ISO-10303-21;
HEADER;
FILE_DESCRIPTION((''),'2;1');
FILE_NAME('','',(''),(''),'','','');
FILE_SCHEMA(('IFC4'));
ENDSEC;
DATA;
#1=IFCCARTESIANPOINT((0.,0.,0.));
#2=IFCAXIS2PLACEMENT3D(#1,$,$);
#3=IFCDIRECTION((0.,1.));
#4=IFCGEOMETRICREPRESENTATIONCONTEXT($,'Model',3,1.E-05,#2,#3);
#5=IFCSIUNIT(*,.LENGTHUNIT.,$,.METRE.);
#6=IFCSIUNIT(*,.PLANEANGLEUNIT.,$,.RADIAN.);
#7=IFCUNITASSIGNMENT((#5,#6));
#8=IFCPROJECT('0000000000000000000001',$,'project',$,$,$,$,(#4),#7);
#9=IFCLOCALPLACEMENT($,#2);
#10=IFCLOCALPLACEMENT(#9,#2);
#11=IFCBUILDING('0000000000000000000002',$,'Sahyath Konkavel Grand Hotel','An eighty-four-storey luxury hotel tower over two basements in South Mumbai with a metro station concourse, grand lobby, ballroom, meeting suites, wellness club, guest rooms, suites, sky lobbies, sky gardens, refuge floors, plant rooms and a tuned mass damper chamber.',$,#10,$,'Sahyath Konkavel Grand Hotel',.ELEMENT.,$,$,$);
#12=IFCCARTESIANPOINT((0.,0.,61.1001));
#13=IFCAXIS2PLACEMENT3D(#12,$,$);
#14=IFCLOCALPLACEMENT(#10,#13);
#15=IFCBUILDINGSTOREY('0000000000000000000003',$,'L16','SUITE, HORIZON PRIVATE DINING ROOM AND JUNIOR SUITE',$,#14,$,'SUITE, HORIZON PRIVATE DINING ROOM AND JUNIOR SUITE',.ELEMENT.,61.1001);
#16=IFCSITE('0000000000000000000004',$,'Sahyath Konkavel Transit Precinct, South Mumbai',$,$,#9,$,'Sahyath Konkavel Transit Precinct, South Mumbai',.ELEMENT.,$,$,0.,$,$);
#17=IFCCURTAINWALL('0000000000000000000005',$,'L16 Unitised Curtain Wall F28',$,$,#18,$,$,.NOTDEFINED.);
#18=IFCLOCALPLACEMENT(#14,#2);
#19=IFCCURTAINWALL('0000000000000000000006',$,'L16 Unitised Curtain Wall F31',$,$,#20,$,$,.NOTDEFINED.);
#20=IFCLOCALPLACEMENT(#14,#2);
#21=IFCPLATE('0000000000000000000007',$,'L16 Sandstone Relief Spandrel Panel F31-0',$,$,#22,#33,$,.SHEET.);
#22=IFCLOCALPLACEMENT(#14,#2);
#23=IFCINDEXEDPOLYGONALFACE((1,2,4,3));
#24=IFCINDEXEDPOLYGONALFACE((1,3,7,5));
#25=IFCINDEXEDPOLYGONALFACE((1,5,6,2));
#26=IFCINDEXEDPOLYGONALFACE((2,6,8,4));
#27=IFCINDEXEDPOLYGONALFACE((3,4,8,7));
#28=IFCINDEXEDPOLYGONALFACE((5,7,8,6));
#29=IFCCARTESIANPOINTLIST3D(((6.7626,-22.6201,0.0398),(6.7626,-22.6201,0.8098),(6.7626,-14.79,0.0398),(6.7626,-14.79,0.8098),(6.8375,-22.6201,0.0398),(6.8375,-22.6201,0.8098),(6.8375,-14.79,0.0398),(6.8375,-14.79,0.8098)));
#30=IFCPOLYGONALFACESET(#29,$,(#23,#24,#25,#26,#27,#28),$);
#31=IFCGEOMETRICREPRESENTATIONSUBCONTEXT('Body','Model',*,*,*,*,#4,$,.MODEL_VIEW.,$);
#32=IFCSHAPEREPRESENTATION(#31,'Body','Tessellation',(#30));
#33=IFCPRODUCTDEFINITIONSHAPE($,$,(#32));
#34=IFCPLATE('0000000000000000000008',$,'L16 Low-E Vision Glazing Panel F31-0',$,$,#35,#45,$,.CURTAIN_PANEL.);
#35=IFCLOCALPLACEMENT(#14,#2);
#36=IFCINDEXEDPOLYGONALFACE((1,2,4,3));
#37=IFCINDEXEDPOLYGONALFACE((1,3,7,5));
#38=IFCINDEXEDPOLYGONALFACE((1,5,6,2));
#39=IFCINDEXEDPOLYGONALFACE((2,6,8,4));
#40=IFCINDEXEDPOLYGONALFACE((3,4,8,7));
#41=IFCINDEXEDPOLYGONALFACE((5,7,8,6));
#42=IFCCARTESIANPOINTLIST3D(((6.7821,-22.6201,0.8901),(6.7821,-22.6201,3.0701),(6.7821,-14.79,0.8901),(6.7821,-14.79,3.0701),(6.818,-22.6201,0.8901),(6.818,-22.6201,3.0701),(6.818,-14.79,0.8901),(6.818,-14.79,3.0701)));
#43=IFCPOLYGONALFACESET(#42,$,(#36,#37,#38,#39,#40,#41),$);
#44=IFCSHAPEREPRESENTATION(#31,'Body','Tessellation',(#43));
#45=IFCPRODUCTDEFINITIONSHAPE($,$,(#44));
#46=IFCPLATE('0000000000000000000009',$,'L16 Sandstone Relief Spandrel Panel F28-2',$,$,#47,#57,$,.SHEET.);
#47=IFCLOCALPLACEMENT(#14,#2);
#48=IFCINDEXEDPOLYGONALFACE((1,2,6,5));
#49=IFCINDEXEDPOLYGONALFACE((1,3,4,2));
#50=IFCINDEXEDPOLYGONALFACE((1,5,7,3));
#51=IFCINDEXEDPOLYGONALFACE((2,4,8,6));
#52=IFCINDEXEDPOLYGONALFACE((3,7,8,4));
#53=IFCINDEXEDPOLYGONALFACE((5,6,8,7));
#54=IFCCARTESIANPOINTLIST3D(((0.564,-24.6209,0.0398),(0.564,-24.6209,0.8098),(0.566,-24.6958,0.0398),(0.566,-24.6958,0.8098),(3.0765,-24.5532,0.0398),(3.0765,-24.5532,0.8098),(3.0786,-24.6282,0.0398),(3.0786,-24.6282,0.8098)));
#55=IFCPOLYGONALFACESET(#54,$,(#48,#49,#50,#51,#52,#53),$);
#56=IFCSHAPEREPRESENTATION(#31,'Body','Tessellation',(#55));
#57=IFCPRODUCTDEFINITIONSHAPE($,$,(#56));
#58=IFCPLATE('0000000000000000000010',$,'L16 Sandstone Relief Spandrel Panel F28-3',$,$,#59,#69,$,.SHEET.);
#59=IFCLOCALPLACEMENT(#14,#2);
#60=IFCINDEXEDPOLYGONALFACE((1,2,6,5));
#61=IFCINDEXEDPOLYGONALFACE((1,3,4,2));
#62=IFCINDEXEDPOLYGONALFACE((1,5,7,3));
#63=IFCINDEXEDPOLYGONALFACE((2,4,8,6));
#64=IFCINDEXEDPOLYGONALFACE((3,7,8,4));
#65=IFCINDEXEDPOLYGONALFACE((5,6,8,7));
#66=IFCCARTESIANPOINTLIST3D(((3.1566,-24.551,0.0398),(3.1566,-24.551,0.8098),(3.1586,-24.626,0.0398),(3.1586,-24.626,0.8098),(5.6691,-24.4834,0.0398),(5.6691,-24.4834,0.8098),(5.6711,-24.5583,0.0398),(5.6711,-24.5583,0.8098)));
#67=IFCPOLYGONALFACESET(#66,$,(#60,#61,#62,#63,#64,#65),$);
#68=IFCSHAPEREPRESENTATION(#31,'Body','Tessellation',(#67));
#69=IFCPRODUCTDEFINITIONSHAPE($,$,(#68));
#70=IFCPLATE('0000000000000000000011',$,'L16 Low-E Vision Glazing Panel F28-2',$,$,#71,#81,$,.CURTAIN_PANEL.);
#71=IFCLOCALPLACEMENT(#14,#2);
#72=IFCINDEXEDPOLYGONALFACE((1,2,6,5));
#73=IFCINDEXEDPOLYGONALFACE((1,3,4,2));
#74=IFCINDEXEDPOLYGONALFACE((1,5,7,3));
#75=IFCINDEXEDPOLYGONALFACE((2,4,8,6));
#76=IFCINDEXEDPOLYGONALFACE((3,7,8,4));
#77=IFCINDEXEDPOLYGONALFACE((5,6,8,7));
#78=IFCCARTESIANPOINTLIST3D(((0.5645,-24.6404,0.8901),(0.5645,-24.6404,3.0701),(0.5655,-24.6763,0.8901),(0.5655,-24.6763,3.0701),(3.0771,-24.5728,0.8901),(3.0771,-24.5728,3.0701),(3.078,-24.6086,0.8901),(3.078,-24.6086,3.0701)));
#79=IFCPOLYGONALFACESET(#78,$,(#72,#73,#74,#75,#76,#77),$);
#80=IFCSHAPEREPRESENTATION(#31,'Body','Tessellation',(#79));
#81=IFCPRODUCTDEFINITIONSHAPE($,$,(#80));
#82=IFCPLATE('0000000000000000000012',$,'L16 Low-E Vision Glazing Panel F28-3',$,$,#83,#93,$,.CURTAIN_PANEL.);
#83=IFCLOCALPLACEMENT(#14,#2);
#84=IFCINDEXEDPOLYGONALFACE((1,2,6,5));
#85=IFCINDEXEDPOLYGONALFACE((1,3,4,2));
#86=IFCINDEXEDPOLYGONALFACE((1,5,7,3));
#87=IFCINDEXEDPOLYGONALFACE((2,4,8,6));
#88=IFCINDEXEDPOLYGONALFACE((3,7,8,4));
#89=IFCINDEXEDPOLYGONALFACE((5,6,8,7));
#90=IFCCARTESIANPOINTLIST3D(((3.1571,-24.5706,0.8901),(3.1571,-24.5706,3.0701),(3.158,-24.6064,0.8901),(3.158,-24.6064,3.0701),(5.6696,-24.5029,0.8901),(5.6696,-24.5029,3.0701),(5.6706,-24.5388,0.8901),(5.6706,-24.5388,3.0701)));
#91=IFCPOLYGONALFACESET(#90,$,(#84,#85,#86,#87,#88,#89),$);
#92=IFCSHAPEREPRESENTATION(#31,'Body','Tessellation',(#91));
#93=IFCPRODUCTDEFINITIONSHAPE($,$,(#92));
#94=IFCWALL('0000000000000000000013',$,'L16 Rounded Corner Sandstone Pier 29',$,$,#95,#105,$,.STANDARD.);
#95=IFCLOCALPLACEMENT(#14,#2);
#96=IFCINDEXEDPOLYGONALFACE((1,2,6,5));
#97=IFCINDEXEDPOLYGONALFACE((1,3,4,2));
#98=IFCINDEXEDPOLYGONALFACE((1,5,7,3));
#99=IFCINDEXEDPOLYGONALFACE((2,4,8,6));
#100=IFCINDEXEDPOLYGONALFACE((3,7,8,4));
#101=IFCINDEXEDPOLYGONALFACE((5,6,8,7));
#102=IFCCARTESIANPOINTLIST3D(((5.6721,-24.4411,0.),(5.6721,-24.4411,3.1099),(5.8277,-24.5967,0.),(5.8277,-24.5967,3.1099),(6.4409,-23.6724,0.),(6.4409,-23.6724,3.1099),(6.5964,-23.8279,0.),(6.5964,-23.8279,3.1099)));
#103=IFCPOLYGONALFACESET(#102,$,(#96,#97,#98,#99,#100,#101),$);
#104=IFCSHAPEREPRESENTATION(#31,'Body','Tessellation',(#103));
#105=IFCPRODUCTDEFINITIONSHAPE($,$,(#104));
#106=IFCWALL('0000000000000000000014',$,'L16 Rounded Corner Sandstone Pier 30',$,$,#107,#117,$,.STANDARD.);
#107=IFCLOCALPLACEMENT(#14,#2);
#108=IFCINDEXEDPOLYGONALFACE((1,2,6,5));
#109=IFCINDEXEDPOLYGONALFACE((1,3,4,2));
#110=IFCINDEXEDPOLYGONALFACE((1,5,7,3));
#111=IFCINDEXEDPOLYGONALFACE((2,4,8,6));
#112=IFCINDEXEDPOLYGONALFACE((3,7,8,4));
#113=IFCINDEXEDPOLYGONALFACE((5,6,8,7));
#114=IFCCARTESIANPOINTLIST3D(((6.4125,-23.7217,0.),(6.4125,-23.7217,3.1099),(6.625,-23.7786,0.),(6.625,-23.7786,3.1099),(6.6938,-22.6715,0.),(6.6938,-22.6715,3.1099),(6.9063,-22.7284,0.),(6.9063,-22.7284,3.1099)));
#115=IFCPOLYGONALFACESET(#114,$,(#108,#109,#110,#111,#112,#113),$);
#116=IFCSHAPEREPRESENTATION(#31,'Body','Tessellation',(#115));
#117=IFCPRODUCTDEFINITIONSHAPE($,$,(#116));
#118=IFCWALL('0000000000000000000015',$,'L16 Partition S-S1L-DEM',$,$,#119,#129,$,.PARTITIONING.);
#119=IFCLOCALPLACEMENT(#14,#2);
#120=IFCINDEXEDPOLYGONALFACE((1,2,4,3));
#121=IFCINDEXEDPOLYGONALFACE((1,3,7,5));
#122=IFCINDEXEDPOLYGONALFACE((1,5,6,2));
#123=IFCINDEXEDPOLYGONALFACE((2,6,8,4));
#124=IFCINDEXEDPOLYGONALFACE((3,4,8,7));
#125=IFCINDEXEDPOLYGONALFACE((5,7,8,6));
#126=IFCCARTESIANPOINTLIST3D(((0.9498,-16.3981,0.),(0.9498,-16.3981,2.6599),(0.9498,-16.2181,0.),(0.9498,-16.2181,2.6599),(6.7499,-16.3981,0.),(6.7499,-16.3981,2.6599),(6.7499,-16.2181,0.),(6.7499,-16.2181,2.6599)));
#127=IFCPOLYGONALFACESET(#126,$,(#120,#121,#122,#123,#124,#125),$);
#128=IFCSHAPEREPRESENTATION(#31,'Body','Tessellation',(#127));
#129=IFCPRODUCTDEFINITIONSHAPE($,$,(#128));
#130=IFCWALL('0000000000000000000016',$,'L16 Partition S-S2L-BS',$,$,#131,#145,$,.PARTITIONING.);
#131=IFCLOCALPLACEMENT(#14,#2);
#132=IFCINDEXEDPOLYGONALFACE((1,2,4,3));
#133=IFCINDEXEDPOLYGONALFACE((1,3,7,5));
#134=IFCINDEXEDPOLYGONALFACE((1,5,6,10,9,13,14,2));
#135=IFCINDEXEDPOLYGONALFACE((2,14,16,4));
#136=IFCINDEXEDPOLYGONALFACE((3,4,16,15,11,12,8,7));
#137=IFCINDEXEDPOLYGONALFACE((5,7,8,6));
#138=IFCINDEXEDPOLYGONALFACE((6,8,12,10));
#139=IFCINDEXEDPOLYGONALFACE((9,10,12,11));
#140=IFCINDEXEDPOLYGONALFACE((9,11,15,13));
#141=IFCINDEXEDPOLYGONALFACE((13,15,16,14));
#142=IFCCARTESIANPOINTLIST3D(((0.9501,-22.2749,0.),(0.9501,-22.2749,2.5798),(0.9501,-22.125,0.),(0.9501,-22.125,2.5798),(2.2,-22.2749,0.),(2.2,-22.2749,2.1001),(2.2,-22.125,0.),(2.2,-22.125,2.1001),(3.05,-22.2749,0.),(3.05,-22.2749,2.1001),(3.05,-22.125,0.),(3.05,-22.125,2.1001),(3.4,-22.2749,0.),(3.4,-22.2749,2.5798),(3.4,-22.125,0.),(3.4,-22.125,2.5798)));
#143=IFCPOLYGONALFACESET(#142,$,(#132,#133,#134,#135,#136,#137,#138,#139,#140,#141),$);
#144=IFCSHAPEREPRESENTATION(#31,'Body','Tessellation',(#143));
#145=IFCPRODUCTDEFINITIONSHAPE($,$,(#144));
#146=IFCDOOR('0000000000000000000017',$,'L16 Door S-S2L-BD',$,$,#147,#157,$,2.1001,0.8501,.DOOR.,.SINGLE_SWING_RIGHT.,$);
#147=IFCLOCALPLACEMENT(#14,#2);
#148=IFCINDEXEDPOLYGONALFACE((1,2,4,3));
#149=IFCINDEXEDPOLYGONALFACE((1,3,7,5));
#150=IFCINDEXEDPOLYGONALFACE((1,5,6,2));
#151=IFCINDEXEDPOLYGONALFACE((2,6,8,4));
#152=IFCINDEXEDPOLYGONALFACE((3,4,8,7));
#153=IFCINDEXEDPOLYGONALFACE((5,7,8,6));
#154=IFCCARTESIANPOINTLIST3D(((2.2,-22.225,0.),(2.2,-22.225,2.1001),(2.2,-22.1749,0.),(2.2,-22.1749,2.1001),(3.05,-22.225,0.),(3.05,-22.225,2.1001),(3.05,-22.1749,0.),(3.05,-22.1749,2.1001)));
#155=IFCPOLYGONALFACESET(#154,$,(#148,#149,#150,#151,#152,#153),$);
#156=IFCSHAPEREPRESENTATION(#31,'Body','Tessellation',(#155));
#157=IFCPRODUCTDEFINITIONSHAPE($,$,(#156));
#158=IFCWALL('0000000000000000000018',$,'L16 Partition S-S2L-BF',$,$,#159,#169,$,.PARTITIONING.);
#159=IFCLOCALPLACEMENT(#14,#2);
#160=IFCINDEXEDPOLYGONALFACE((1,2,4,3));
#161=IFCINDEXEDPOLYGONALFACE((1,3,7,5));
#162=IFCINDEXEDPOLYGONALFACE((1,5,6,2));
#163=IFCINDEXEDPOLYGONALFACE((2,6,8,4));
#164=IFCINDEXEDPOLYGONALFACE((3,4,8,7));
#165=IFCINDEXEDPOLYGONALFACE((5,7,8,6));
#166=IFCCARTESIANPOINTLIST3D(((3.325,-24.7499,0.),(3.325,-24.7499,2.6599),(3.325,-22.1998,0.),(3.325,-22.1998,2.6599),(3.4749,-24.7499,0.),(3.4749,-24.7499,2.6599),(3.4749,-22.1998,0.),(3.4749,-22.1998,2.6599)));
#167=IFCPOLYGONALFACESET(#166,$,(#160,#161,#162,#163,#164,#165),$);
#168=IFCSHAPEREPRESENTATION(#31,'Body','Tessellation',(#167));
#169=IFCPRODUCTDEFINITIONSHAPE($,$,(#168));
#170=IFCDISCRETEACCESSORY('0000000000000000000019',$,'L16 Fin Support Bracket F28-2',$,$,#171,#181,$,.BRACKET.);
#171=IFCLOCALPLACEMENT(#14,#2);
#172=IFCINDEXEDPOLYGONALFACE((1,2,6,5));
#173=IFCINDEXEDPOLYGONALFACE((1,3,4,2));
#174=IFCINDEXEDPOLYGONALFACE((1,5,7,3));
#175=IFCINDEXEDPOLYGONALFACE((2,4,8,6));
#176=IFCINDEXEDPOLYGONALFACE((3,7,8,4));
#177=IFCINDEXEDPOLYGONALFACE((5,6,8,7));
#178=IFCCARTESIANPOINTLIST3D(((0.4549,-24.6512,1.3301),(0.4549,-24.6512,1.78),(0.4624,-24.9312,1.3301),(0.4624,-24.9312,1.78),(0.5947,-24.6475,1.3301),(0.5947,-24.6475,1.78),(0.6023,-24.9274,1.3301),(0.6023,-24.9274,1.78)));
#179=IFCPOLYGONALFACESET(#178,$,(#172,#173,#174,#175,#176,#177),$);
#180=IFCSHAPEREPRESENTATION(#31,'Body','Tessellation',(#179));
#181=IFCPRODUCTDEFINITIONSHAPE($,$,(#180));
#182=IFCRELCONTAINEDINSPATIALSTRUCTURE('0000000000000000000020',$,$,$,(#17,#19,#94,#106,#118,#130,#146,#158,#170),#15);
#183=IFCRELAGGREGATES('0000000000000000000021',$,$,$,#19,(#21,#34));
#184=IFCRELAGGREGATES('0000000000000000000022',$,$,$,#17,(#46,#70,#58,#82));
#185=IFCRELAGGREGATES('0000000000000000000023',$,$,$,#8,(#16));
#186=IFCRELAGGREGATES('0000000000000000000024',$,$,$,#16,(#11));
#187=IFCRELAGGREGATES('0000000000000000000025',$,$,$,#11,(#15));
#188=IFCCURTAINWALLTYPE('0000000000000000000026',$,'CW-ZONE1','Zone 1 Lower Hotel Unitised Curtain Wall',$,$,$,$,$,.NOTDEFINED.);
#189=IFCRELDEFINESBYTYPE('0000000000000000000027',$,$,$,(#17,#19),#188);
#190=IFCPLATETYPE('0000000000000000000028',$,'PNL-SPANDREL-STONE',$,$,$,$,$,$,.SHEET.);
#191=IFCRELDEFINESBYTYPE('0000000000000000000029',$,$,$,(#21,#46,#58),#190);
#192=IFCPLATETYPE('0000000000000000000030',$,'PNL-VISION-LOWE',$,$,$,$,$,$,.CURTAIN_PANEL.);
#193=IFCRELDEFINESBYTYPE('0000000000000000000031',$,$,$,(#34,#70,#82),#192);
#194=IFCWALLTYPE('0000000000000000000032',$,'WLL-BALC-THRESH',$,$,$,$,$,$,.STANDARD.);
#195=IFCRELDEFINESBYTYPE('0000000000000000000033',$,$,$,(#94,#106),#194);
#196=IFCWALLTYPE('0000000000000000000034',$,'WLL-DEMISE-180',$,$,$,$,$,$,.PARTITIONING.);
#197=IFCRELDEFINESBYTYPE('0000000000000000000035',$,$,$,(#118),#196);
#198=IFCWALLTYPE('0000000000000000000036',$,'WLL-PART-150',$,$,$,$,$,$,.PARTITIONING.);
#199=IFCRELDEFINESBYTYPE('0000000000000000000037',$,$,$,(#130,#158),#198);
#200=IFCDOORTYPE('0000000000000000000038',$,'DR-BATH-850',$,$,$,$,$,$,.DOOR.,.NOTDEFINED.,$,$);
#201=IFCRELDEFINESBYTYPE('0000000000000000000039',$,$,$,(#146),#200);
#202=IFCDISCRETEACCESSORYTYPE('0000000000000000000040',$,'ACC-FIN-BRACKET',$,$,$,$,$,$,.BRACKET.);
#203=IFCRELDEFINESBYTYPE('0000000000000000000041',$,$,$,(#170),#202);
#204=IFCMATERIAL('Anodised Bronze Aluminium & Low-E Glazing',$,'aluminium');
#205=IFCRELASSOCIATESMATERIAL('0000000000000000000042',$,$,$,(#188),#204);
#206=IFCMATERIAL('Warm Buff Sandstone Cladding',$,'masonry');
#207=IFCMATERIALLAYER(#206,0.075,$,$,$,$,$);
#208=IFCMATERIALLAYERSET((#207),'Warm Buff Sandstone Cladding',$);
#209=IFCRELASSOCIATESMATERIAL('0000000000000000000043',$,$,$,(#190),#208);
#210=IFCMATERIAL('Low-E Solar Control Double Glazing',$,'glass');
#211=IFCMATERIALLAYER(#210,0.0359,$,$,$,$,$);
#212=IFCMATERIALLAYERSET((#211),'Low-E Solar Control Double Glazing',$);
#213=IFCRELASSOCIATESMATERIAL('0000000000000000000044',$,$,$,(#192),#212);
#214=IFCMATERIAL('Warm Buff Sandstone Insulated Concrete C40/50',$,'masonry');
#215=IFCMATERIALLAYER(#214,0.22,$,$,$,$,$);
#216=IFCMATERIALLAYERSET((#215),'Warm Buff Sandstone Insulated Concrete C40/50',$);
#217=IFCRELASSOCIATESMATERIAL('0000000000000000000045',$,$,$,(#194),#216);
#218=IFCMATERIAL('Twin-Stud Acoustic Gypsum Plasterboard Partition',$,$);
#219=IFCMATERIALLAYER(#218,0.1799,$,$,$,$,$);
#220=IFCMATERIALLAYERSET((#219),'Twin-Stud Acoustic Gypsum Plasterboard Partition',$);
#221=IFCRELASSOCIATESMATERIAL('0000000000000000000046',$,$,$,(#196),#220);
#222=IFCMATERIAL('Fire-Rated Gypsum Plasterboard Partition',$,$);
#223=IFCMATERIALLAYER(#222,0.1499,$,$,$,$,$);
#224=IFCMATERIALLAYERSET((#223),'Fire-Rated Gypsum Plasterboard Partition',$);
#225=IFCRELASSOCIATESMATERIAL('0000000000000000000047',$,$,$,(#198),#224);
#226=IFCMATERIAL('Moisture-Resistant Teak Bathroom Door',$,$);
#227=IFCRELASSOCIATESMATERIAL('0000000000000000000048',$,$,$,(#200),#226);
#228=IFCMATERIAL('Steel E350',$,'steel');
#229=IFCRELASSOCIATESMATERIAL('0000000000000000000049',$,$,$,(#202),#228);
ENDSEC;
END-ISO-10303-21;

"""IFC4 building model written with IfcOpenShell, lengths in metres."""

from ifc_helpers import new_model, si_unit, direction, frame, frame_2d, origin, origin_2d, place, context, subcontext, project, spatial, rectangle, extrude, source, transform, mapped, material, layer, layer_set, type_object, element, fill, aggregate, save


model = new_model("IFC4")

# Units and contexts
model_context = context("Model", 3, precision=1e-05, world=origin(), true_north=direction((0.0, 1.0)))
body_context = subcontext(model_context, "Body", "Model", "MODEL_VIEW")
ifc_project = project(units=[si_unit("LENGTHUNIT", "METRE"), si_unit("PLANEANGLEUNIT", "RADIAN")], contexts=[model_context])

# Site, building, storey
site_placement = place(None, origin())
site = spatial("IfcSite", under=ifc_project, at=site_placement, Name="Sahyath Konkavel Transit Precinct, South Mumbai", LongName="Sahyath Konkavel Transit Precinct, South Mumbai", CompositionType="ELEMENT", RefElevation=0.0)
building_placement = place(site_placement, origin())
building = spatial("IfcBuilding", under=site, at=building_placement, Name="Sahyath Konkavel Grand Hotel", Description="An eighty-four-storey luxury hotel tower over two basements in South Mumbai with a metro station concourse, grand lobby, ballroom, meeting suites, wellness club, guest rooms, suites, sky lobbies, sky gardens, refuge floors, plant rooms and a tuned mass damper chamber.", LongName="Sahyath Konkavel Grand Hotel", CompositionType="ELEMENT")
storey_placement = place(building_placement, frame((0.0, 0.0, 61.1001)))
storey = spatial("IfcBuildingStorey", under=building, at=storey_placement, Name="L16", Description="SUITE, HORIZON PRIVATE DINING ROOM AND JUNIOR SUITE", LongName="SUITE, HORIZON PRIVATE DINING ROOM AND JUNIOR SUITE", CompositionType="ELEMENT", Elevation=61.1001)

# Curtain walls
ifc_material_1 = material(Name="Anodised Bronze Aluminium & Low-E Glazing", Category="aluminium")
curtain_wall_type = type_object("IfcCurtainWallType", Name="CW-ZONE1", Description="Zone 1 Lower Hotel Unitised Curtain Wall", PredefinedType="NOTDEFINED", material=ifc_material_1)
curtain_wall_1_placement = place(storey_placement, origin())
curtain_wall_1 = element("IfcCurtainWall", 1, at=curtain_wall_1_placement, inside=storey, type_object=curtain_wall_type, Name="L16 Unitised Curtain Wall F28", PredefinedType="NOTDEFINED")
curtain_wall_2_placement = place(storey_placement, origin())
curtain_wall_2 = element("IfcCurtainWall", 2, at=curtain_wall_2_placement, inside=storey, type_object=curtain_wall_type, Name="L16 Unitised Curtain Wall F31", PredefinedType="NOTDEFINED")

# Plates
ifc_material_2 = material(Name="Warm Buff Sandstone Cladding", Category="masonry")
ifc_layer_1 = layer(ifc_material_2, 0.075)
ifc_layer_set_1 = layer_set([ifc_layer_1], Name="Warm Buff Sandstone Cladding")
plate_type_1 = type_object("IfcPlateType", Name="PNL-SPANDREL-STONE", PredefinedType="SHEET", material=ifc_layer_set_1)
shared_shape_1 = source(origin(), body_context, "Body", "SweptSolid", [
    extrude(rectangle(XDim=7.8301, YDim=0.075, at=origin_2d()), origin(), (0.0, 0.0, 1.0), 0.77),
])
plate_1_placement = place(storey_placement, frame((6.8, -18.7051, 0.0398), z_axis=(0.0, 0.0, 1.0), x_axis=(0.0, 1.0, 0.0)))
plate_1 = element("IfcPlate", 3, at=plate_1_placement, type_object=plate_type_1, Name="L16 Sandstone Relief Spandrel Panel F31-0", PredefinedType="SHEET", context=body_context, shape_type="MappedRepresentation", body=[
    mapped(shared_shape_1, transform((0.0, 0.0, 0.0), scale=1.0)),
])
ifc_material_3 = material(Name="Low-E Solar Control Double Glazing", Category="glass")
ifc_layer_2 = layer(ifc_material_3, 0.0359)
ifc_layer_set_2 = layer_set([ifc_layer_2], Name="Low-E Solar Control Double Glazing")
plate_type_2 = type_object("IfcPlateType", Name="PNL-VISION-LOWE", PredefinedType="CURTAIN_PANEL", material=ifc_layer_set_2)
shared_shape_2 = source(origin(), body_context, "Body", "SweptSolid", [
    extrude(rectangle(XDim=7.8301, YDim=0.0359, at=origin_2d()), origin(), (0.0, 0.0, 1.0), 2.1799),
])
plate_2_placement = place(storey_placement, frame((6.8, -18.7051, 0.8901), z_axis=(0.0, 0.0, 1.0), x_axis=(0.0, 1.0, 0.0)))
plate_2 = element("IfcPlate", 4, at=plate_2_placement, type_object=plate_type_2, Name="L16 Low-E Vision Glazing Panel F31-0", PredefinedType="CURTAIN_PANEL", context=body_context, shape_type="MappedRepresentation", body=[
    mapped(shared_shape_2, transform((0.0, 0.0, 0.0), scale=1.0)),
])
aggregate(curtain_wall_2, [plate_1, plate_2])
shared_shape_3 = source(origin(), body_context, "Body", "SweptSolid", [
    extrude(rectangle(XDim=2.5134, YDim=0.075, at=origin_2d()), origin(), (0.0, 0.0, 1.0), 0.77),
])
plate_3_placement = place(storey_placement, frame((1.8213, -24.6245, 0.0398), z_axis=(0.0, 0.0, 1.0), x_axis=(0.999638, 0.02691, 0.0)))
plate_3 = element("IfcPlate", 5, at=plate_3_placement, type_object=plate_type_1, Name="L16 Sandstone Relief Spandrel Panel F28-2", PredefinedType="SHEET", context=body_context, shape_type="MappedRepresentation", body=[
    mapped(shared_shape_3, transform((0.0, 0.0, 0.0), scale=1.0)),
])
plate_4_placement = place(storey_placement, frame((4.4138, -24.5547, 0.0398), z_axis=(0.0, 0.0, 1.0), x_axis=(0.999638, 0.02691, 0.0)))
plate_4 = element("IfcPlate", 6, at=plate_4_placement, type_object=plate_type_1, Name="L16 Sandstone Relief Spandrel Panel F28-3", PredefinedType="SHEET", context=body_context, shape_type="MappedRepresentation", body=[
    mapped(shared_shape_3, transform((0.0, 0.0, 0.0), scale=1.0)),
])
shared_shape_4 = source(origin(), body_context, "Body", "SweptSolid", [
    extrude(rectangle(XDim=2.5134, YDim=0.0359, at=origin_2d()), origin(), (0.0, 0.0, 1.0), 2.1799),
])
plate_5_placement = place(storey_placement, frame((1.8213, -24.6245, 0.8901), z_axis=(0.0, 0.0, 1.0), x_axis=(0.999638, 0.02691, 0.0)))
plate_5 = element("IfcPlate", 7, at=plate_5_placement, type_object=plate_type_2, Name="L16 Low-E Vision Glazing Panel F28-2", PredefinedType="CURTAIN_PANEL", context=body_context, shape_type="MappedRepresentation", body=[
    mapped(shared_shape_4, transform((0.0, 0.0, 0.0), scale=1.0)),
])
plate_6_placement = place(storey_placement, frame((4.4138, -24.5547, 0.8901), z_axis=(0.0, 0.0, 1.0), x_axis=(0.999638, 0.02691, 0.0)))
plate_6 = element("IfcPlate", 8, at=plate_6_placement, type_object=plate_type_2, Name="L16 Low-E Vision Glazing Panel F28-3", PredefinedType="CURTAIN_PANEL", context=body_context, shape_type="MappedRepresentation", body=[
    mapped(shared_shape_4, transform((0.0, 0.0, 0.0), scale=1.0)),
])
aggregate(curtain_wall_1, [plate_3, plate_5, plate_4, plate_6])

# Walls
ifc_material_4 = material(Name="Warm Buff Sandstone Insulated Concrete C40/50", Category="masonry")
ifc_layer_3 = layer(ifc_material_4, 0.22)
ifc_layer_set_3 = layer_set([ifc_layer_3], Name="Warm Buff Sandstone Insulated Concrete C40/50")
wall_type_1 = type_object("IfcWallType", Name="WLL-BALC-THRESH", PredefinedType="STANDARD", material=ifc_layer_set_3)
for number, where, z_axis, x_axis, name in (
    (9, (5.75, -24.5188, 0.0), (0.0, 0.0, 1.0), (0.707107, 0.707107, 0.0), "L16 Rounded Corner Sandstone Pier 29"),
    (10, (6.5188, -23.75, 0.0), (0.0, 0.0, 1.0), (0.258725, 0.965951, 0.0), "L16 Rounded Corner Sandstone Pier 30"),
):
    element("IfcWall", number, at=place(storey_placement, frame(where, z_axis=z_axis, x_axis=x_axis)), inside=storey, type_object=wall_type_1, Name=name, PredefinedType="STANDARD", context=body_context, shape_type="SweptSolid", body=[
        extrude(rectangle(XDim=1.0872, YDim=0.22, at=frame_2d((0.5435, 0.0))), origin(), (0.0, 0.0, 1.0), 3.1099),
    ])
ifc_material_5 = material(Name="Twin-Stud Acoustic Gypsum Plasterboard Partition")
ifc_layer_4 = layer(ifc_material_5, 0.1799)
ifc_layer_set_4 = layer_set([ifc_layer_4], Name="Twin-Stud Acoustic Gypsum Plasterboard Partition")
wall_type_2 = type_object("IfcWallType", Name="WLL-DEMISE-180", PredefinedType="PARTITIONING", material=ifc_layer_set_4)
wall_1_placement = place(storey_placement, frame((0.95, -16.3081, 0.0), z_axis=(0.0, 0.0, 1.0), x_axis=(1.0, 0.0, 0.0)))
element("IfcWall", 11, at=wall_1_placement, inside=storey, type_object=wall_type_2, Name="L16 Partition S-S1L-DEM", PredefinedType="PARTITIONING", context=body_context, shape_type="SweptSolid", body=[
    extrude(rectangle(XDim=5.8, YDim=0.1799, at=frame_2d((2.8999, 0.0))), origin(), (0.0, 0.0, 1.0), 2.6599),
])

# Wall, opening, door
ifc_material_6 = material(Name="Fire-Rated Gypsum Plasterboard Partition")
ifc_layer_5 = layer(ifc_material_6, 0.1499)
ifc_layer_set_5 = layer_set([ifc_layer_5], Name="Fire-Rated Gypsum Plasterboard Partition")
wall_type_3 = type_object("IfcWallType", Name="WLL-PART-150", PredefinedType="PARTITIONING", material=ifc_layer_set_5)
wall_2_placement = place(storey_placement, frame((0.95, -22.2, 0.0), z_axis=(0.0, 0.0, 1.0), x_axis=(1.0, 0.0, 0.0)))
wall_2 = element("IfcWall", 12, at=wall_2_placement, inside=storey, type_object=wall_type_3, Name="L16 Partition S-S2L-BS", PredefinedType="PARTITIONING", context=body_context, shape_type="SweptSolid", body=[
    extrude(rectangle(XDim=2.45, YDim=0.1499, at=frame_2d((1.2251, 0.0))), origin(), (0.0, 0.0, 1.0), 2.5798),
])
opening_placement = place(wall_2_placement, frame((1.25, 0.0, 0.0)))
opening = element("IfcOpeningElement", 13, at=opening_placement, cuts=wall_2, PredefinedType="OPENING", context=body_context, shape_type="SweptSolid", body=[
    extrude(rectangle(XDim=0.8501, YDim=2.1001, at=frame_2d((0.425, 1.05))), frame((0.0, 0.085, 0.0), z_axis=(0.0, -1.0, 0.0), x_axis=(1.0, 0.0, 0.0)), (0.0, 0.0, 1.0), 0.1699),
])
ifc_material_7 = material(Name="Moisture-Resistant Teak Bathroom Door")
door_type = type_object("IfcDoorType", Name="DR-BATH-850", OperationType="NOTDEFINED", PredefinedType="DOOR", material=ifc_material_7)
shared_shape_5 = source(origin(), body_context, "Body", "SweptSolid", [
    extrude(rectangle(XDim=0.8501, YDim=0.05, at=origin_2d()), origin(), (0.0, 0.0, 1.0), 2.1001),
])
door_placement = place(opening_placement, frame((0.425, 0.0, 0.0)))
door = element("IfcDoor", 14, at=door_placement, inside=storey, type_object=door_type, Name="L16 Door S-S2L-BD", OperationType="SINGLE_SWING_RIGHT", OverallHeight=2.1001, OverallWidth=0.8501, PredefinedType="DOOR", context=body_context, shape_type="MappedRepresentation", body=[
    mapped(shared_shape_5, transform((0.0, 0.0, 0.0), scale=1.0)),
])
fill(opening, door)

# Wall
wall_3_placement = place(storey_placement, frame((3.3999, -22.2, 0.0), z_axis=(0.0, 0.0, 1.0), x_axis=(0.0, -1.0, 0.0)))
element("IfcWall", 15, at=wall_3_placement, inside=storey, type_object=wall_type_3, Name="L16 Partition S-S2L-BF", PredefinedType="PARTITIONING", context=body_context, shape_type="SweptSolid", body=[
    extrude(rectangle(XDim=2.55, YDim=0.1499, at=frame_2d((1.2749, 0.0))), origin(), (0.0, 0.0, 1.0), 2.6599),
])

# Discrete accessory
ifc_material_8 = material(Name="Steel E350", Category="steel")
discrete_accessory_type = type_object("IfcDiscreteAccessoryType", Name="ACC-FIN-BRACKET", PredefinedType="BRACKET", material=ifc_material_8)
shared_shape_6 = source(origin(), body_context, "Body", "SweptSolid", [
    extrude(rectangle(XDim=0.28, YDim=0.1399, at=origin_2d()), origin(), (0.0, 0.0, 1.0), 0.45),
])
for number, where, z_axis, x_axis, name in (
    (16, (0.5286, -24.7893, 1.3301), (0.0, 0.0, 1.0), (0.02691, -0.999638, 0.0), "L16 Fin Support Bracket F28-2"),
):
    element("IfcDiscreteAccessory", number, at=place(storey_placement, frame(where, z_axis=z_axis, x_axis=x_axis)), inside=storey, type_object=discrete_accessory_type, Name=name, PredefinedType="BRACKET", context=body_context, shape_type="MappedRepresentation", body=[
        mapped(shared_shape_6, transform((0.0, 0.0, 0.0), scale=1.0)),
    ])

save(model, "model.ifc")
